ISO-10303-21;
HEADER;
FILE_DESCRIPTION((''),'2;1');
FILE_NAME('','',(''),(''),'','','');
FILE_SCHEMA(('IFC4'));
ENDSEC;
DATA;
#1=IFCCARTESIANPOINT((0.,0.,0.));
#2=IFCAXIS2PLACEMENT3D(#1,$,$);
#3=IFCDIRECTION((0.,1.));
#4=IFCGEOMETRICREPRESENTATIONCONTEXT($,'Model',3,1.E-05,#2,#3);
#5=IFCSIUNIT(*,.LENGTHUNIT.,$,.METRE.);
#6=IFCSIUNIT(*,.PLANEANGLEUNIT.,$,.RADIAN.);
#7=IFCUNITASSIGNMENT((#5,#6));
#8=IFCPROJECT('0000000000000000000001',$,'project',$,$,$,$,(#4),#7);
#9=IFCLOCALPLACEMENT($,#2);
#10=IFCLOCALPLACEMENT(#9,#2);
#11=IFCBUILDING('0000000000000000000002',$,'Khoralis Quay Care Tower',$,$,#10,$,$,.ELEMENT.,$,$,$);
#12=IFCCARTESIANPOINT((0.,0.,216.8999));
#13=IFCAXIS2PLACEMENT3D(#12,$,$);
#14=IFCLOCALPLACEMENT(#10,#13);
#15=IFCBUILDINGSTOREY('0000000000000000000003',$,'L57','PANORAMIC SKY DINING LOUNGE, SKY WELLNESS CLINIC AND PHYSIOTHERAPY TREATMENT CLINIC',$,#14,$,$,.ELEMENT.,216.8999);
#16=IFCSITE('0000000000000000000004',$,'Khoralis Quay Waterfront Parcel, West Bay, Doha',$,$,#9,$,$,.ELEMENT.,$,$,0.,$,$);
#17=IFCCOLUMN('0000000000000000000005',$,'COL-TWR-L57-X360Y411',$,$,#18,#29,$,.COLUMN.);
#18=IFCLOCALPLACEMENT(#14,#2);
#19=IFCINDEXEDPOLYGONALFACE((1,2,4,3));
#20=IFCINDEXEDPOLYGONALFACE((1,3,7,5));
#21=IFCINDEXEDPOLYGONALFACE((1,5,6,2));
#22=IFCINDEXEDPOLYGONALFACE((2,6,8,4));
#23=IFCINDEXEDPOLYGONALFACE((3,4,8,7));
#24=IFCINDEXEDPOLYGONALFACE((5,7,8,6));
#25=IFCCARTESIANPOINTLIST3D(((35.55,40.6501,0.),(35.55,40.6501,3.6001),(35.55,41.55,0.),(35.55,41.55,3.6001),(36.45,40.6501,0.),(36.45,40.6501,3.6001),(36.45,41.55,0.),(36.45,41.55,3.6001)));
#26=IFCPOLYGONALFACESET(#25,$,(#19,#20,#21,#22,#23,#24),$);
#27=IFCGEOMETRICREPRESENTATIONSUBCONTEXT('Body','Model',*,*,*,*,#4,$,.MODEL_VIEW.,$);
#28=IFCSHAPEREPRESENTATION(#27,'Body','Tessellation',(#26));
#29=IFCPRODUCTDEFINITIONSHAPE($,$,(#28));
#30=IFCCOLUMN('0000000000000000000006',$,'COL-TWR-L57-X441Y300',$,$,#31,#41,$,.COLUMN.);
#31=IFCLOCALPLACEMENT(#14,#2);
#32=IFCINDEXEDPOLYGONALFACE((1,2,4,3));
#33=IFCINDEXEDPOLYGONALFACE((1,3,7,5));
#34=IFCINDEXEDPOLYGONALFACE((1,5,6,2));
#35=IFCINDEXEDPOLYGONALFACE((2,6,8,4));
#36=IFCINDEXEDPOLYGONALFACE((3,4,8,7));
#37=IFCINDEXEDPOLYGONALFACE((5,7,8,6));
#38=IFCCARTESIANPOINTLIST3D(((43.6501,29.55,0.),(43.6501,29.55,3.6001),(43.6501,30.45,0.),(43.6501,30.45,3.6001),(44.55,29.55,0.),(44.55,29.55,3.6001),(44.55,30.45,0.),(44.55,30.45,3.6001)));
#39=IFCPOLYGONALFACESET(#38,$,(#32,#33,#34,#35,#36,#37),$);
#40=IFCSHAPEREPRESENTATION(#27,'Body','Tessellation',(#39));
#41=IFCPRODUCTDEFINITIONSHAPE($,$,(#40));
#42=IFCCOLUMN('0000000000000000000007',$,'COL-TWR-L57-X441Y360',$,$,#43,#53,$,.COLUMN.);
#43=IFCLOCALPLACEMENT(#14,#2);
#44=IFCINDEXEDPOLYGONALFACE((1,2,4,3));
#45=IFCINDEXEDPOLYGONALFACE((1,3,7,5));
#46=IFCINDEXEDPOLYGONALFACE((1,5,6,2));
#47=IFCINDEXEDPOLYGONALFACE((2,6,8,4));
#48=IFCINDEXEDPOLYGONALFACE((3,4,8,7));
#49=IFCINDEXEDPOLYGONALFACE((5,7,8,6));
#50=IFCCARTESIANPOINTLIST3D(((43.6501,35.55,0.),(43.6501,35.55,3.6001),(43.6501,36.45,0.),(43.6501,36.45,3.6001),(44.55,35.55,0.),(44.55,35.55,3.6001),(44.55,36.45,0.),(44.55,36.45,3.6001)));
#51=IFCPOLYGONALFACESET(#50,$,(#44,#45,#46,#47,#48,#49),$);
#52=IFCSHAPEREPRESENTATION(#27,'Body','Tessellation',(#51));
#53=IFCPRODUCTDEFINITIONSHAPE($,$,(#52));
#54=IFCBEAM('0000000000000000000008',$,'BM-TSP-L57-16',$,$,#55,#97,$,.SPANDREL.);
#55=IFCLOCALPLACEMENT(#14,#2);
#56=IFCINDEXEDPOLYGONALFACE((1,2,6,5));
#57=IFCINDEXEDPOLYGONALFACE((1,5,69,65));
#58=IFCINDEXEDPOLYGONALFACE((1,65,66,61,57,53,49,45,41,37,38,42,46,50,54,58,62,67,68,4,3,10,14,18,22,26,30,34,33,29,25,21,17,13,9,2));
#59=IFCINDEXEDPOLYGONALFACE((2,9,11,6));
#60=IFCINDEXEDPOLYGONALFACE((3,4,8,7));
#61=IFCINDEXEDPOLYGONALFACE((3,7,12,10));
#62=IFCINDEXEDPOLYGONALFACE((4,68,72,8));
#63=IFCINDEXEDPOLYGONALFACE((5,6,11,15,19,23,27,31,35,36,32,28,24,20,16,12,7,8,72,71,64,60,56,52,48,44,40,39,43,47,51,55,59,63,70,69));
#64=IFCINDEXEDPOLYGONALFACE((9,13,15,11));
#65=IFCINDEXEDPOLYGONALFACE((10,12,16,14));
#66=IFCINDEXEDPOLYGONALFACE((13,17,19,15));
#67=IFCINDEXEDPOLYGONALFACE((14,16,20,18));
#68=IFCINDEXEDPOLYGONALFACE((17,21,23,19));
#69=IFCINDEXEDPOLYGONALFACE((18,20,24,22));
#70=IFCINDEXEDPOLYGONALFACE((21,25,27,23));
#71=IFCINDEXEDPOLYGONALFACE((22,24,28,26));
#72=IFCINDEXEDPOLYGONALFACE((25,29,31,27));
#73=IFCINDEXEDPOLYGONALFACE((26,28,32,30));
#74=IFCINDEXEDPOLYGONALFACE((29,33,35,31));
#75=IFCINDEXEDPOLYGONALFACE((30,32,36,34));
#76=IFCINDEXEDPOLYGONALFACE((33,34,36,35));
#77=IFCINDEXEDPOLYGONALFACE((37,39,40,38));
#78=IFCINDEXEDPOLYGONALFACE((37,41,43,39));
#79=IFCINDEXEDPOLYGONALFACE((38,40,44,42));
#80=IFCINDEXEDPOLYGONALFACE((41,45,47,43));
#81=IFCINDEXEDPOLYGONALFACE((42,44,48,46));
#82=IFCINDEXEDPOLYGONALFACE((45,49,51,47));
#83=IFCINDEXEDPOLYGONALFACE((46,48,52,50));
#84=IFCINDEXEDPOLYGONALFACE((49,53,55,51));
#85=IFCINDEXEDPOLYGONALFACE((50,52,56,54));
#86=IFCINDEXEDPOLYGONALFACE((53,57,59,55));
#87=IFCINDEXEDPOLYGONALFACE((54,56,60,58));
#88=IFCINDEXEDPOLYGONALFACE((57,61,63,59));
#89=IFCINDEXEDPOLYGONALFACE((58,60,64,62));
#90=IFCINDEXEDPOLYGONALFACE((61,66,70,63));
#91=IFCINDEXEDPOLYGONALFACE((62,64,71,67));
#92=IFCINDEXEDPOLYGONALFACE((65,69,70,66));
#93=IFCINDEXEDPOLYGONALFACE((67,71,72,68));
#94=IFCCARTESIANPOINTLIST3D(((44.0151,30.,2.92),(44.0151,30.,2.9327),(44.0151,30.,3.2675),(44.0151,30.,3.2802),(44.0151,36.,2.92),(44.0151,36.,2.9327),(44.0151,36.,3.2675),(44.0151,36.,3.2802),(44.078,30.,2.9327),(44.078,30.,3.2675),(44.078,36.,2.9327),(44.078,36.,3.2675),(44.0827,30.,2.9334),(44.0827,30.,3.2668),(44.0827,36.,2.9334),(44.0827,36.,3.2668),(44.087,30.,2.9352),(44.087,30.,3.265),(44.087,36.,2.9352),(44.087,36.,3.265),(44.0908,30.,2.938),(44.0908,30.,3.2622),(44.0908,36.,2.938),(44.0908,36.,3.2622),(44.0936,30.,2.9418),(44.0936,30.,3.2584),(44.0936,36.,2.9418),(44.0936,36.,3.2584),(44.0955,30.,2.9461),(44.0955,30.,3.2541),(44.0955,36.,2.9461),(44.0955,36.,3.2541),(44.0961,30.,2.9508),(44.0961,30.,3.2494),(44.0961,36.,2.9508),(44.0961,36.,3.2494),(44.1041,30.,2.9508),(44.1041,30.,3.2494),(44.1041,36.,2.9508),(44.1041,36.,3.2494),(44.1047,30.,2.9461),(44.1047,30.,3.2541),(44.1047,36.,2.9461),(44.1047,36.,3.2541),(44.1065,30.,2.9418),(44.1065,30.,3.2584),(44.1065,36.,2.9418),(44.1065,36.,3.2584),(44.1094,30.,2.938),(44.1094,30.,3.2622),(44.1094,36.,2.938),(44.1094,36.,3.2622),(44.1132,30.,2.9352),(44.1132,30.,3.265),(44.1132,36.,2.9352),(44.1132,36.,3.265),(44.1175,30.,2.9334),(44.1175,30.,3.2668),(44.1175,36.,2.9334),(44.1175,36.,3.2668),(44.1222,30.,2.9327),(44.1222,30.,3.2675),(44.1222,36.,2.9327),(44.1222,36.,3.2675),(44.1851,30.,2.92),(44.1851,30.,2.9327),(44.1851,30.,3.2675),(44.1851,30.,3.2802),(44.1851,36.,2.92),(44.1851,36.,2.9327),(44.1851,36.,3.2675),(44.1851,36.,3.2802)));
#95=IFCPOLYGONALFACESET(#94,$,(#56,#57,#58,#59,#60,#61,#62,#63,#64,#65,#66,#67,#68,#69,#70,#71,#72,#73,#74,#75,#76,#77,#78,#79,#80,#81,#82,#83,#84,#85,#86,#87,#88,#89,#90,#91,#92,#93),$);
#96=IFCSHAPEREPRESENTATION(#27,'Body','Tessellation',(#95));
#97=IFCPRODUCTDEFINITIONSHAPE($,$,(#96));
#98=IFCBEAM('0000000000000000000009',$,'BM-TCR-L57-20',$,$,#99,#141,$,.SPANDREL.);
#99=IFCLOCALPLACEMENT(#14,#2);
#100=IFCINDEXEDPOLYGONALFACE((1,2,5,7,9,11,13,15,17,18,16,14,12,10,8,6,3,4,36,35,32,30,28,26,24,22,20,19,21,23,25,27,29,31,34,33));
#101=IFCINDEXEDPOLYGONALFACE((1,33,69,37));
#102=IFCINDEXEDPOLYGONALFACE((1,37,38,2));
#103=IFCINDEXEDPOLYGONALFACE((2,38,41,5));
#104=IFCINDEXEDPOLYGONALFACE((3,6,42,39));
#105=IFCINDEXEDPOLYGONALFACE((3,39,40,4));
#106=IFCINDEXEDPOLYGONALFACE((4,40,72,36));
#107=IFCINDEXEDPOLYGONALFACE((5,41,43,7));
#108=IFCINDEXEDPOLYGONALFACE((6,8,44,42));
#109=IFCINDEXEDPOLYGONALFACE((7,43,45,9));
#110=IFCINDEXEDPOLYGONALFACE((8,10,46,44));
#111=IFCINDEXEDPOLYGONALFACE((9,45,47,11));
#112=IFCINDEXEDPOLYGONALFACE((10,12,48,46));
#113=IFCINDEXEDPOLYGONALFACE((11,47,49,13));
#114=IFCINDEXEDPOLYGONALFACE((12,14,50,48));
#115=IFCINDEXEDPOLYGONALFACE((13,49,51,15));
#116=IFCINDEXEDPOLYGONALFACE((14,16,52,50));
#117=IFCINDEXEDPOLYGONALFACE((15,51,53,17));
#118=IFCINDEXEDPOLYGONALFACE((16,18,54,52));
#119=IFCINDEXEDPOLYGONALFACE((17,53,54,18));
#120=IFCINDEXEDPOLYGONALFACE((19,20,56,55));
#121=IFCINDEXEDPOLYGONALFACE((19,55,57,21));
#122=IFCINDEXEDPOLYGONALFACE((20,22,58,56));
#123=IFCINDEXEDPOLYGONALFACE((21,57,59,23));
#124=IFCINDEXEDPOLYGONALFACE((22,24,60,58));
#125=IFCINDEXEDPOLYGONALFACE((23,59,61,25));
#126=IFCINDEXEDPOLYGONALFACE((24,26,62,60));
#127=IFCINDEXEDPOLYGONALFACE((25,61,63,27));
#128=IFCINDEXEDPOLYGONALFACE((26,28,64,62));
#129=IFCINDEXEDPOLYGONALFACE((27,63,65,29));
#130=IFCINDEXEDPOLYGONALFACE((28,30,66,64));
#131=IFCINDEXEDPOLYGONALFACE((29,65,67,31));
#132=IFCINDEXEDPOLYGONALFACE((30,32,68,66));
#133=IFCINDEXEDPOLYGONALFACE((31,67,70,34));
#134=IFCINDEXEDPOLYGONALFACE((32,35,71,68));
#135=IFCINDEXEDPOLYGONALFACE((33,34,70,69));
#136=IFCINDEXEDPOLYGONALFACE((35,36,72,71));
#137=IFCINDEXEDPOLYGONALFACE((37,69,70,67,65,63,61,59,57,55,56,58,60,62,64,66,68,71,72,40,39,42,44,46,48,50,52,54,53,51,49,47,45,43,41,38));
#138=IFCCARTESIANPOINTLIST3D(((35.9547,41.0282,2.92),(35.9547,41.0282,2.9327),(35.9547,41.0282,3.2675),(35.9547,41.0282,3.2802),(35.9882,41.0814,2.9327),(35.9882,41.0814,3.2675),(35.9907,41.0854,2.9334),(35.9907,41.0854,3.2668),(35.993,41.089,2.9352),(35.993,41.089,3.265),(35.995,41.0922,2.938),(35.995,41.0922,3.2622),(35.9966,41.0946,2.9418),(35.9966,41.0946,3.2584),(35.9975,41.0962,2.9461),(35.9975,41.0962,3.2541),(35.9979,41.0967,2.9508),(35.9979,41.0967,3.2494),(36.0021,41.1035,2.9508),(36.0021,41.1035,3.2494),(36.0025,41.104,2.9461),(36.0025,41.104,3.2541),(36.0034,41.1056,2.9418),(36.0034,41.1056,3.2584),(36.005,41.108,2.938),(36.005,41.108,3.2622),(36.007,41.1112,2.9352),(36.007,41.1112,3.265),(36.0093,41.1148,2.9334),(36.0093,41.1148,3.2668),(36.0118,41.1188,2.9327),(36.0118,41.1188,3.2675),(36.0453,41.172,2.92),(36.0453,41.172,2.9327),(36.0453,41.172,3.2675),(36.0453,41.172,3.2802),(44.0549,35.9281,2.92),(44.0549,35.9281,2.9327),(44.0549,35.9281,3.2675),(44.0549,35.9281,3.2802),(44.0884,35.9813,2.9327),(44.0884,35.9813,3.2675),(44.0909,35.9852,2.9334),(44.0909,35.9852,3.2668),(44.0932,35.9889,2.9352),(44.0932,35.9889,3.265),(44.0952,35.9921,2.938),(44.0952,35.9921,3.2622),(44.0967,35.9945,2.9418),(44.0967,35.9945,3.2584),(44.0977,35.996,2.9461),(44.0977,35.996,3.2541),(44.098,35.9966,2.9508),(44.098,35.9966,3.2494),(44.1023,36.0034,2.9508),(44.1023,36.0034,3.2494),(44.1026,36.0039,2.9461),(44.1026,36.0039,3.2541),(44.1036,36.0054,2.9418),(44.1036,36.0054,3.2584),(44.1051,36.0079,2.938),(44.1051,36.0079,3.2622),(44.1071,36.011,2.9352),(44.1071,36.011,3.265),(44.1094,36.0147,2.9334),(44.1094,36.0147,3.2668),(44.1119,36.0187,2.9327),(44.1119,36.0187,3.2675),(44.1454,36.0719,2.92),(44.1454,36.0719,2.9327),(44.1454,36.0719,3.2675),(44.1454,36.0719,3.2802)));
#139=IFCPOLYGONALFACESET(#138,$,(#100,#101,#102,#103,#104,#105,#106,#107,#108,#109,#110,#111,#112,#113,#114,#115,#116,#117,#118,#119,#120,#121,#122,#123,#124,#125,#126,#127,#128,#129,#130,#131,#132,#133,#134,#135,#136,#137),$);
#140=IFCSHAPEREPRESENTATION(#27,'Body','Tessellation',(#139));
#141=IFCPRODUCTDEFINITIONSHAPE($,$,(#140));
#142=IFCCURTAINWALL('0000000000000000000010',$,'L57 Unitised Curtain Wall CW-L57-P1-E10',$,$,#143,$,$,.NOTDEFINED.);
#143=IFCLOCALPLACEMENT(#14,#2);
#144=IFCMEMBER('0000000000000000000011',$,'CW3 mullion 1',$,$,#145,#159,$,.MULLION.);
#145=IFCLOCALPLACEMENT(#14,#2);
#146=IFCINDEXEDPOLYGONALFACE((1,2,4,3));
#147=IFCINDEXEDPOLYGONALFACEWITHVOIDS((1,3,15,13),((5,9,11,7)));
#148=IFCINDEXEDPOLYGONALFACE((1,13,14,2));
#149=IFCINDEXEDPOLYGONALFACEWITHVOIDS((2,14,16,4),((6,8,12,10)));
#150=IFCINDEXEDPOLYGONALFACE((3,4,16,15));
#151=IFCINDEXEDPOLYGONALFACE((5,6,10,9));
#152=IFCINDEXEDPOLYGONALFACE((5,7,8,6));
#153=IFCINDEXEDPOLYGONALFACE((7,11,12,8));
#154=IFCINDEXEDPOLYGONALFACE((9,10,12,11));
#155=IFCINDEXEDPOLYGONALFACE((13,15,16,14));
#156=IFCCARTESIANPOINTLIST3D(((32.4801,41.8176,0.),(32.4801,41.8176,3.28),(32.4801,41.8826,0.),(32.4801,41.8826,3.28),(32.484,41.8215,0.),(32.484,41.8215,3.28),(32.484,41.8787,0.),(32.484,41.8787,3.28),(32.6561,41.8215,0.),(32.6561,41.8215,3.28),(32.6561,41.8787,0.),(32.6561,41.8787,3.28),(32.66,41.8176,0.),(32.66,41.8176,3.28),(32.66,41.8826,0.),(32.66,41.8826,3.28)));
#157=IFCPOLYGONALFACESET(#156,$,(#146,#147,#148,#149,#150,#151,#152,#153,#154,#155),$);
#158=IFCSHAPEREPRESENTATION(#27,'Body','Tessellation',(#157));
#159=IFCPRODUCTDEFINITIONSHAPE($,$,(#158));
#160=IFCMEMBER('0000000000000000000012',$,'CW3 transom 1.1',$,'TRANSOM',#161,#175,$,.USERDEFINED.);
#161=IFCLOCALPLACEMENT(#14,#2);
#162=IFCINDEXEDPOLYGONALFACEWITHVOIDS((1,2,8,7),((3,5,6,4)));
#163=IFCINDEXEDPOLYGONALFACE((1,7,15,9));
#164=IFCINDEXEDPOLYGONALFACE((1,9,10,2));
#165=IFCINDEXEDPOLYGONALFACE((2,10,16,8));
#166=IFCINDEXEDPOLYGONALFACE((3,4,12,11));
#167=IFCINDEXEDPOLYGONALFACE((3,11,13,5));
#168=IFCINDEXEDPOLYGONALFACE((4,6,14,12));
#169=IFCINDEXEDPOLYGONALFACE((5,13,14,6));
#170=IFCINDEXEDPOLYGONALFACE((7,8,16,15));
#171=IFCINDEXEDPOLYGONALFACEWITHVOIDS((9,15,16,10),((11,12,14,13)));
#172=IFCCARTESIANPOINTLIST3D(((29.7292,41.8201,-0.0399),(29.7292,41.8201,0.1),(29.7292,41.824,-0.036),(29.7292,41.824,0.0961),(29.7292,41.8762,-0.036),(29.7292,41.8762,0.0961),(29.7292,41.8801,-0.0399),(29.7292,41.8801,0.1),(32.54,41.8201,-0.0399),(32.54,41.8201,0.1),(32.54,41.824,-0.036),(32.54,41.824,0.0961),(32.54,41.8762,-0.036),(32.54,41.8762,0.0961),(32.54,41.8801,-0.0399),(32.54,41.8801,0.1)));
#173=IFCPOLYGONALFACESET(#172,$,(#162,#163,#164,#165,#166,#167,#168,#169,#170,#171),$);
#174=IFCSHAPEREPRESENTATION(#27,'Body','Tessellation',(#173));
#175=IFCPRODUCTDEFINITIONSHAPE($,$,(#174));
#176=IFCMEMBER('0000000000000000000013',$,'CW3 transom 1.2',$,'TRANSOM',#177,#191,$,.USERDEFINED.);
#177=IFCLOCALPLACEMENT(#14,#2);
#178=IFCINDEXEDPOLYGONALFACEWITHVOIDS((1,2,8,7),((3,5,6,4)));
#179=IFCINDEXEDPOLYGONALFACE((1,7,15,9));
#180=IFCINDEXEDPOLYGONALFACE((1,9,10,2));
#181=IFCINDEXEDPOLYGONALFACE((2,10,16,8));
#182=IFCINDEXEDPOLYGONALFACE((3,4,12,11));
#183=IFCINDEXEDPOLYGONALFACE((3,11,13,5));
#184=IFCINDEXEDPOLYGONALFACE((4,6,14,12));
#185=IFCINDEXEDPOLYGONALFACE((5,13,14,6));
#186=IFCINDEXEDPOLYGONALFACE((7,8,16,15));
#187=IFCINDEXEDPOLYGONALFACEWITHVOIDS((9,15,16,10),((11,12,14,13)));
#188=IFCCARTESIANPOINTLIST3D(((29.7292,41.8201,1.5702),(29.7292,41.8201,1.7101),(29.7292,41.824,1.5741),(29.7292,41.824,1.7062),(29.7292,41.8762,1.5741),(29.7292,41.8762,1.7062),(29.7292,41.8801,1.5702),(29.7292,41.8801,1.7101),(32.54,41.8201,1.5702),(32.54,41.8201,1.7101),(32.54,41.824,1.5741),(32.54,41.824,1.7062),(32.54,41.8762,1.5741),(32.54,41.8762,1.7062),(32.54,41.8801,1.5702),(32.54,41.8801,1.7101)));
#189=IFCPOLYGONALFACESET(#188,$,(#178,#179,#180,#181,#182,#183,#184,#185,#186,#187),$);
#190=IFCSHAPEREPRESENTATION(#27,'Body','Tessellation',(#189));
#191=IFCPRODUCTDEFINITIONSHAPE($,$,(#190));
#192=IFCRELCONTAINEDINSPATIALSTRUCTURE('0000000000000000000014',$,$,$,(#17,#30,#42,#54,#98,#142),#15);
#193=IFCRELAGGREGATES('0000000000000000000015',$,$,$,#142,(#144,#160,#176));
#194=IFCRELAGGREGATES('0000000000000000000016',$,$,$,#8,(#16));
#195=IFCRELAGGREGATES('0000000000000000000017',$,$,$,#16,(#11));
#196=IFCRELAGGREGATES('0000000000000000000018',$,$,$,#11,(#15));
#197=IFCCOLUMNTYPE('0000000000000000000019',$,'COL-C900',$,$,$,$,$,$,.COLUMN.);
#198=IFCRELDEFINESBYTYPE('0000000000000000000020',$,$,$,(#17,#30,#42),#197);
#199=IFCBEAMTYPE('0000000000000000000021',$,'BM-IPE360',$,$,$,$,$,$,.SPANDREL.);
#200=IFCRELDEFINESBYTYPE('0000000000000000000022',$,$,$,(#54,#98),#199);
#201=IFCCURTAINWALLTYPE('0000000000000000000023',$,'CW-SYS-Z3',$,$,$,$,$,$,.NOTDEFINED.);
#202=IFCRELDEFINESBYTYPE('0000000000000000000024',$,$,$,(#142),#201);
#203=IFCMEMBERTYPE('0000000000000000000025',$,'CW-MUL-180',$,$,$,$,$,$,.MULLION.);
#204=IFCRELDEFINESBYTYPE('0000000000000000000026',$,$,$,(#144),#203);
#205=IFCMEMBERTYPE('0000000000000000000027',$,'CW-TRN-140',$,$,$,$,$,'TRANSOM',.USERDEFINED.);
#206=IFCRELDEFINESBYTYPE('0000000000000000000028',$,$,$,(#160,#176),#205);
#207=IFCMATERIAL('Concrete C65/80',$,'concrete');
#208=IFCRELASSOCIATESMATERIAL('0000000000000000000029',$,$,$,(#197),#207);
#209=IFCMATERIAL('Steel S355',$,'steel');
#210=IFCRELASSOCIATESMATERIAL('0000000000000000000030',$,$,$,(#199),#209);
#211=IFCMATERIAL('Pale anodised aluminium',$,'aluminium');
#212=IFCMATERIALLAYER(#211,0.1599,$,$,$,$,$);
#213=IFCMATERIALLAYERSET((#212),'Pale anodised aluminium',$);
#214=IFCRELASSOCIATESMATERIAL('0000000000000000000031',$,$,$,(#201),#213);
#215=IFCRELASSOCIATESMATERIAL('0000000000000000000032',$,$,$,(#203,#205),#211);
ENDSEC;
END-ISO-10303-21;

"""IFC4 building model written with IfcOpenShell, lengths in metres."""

from ifc_helpers import new_model, si_unit, direction, frame, origin, origin_2d, place, context, subcontext, project, spatial, rectangle, hollow_rectangle, i_section, extrude, source, transform, mapped, material, layer, layer_set, material_profile, profile_set, type_object, element, aggregate, save


model = new_model("IFC4")

# Units and contexts
model_context = context("Model", 3, precision=1e-05, world=origin(), true_north=direction((0.0, 1.0)))
body_context = subcontext(model_context, "Body", "Model", "MODEL_VIEW")
ifc_project = project(units=[si_unit("LENGTHUNIT", "METRE"), si_unit("PLANEANGLEUNIT", "RADIAN")], contexts=[model_context])

# Site, building, storey
site_placement = place(None, origin())
site = spatial("IfcSite", under=ifc_project, at=site_placement, Name="Khoralis Quay Waterfront Parcel, West Bay, Doha", CompositionType="ELEMENT", RefElevation=0.0)
building_placement = place(site_placement, origin())
building = spatial("IfcBuilding", under=site, at=building_placement, Name="Khoralis Quay Care Tower", CompositionType="ELEMENT")
storey_placement = place(building_placement, frame((0.0, 0.0, 216.8999)))
storey = spatial("IfcBuildingStorey", under=building, at=storey_placement, Name="L57", Description="PANORAMIC SKY DINING LOUNGE, SKY WELLNESS CLINIC AND PHYSIOTHERAPY TREATMENT CLINIC", CompositionType="ELEMENT", Elevation=216.8999)

# Columns
ifc_material_1 = material(Name="Concrete C65/80", Category="concrete")
ifc_material_profile_1 = material_profile(ifc_material_1, rectangle(XDim=0.8999, YDim=0.8999, at=origin_2d()), Name="Concrete C65/80")
ifc_profile_set_1 = profile_set([ifc_material_profile_1], Name="Concrete C65/80")
column_type = type_object("IfcColumnType", Name="COL-C900", PredefinedType="COLUMN", material=ifc_profile_set_1)
shared_shape_1 = source(origin(), body_context, "Body", "SweptSolid", [
    extrude(rectangle(XDim=0.8999, YDim=0.8999, at=origin_2d()), origin(), (0.0, 0.0, 1.0), 3.6001),
])
for number, where, z_axis, x_axis, name in (
    (1, (36.0, 41.1001, 0.0), (0.0, 0.0, 1.0), (1.0, 0.0, 0.0), "COL-TWR-L57-X360Y411"),
    (2, (44.1001, 30.0, 0.0), (0.0, 0.0, 1.0), (1.0, 0.0, 0.0), "COL-TWR-L57-X441Y300"),
    (3, (44.1001, 36.0, 0.0), (0.0, 0.0, 1.0), (1.0, 0.0, 0.0), "COL-TWR-L57-X441Y360"),
):
    element("IfcColumn", number, at=place(storey_placement, frame(where, z_axis=z_axis, x_axis=x_axis)), inside=storey, type_object=column_type, Name=name, PredefinedType="COLUMN", context=body_context, shape_type="MappedRepresentation", body=[
        mapped(shared_shape_1, transform((0.0, 0.0, 0.0), scale=1.0)),
    ])

# Beams
ifc_material_2 = material(Name="Steel S355", Category="steel")
ifc_material_profile_2 = material_profile(ifc_material_2, i_section(OverallWidth=0.1699, OverallDepth=0.3601, WebThickness=0.0081, FlangeThickness=0.0127, FilletRadius=0.0181, at=origin_2d()), Name="Steel S355")
ifc_profile_set_2 = profile_set([ifc_material_profile_2], Name="Steel S355")
beam_type = type_object("IfcBeamType", Name="BM-IPE360", PredefinedType="SPANDREL", material=ifc_profile_set_2)
shared_shape_2 = source(origin(), body_context, "Body", "SweptSolid", [
    extrude(i_section(OverallWidth=0.1699, OverallDepth=0.3601, WebThickness=0.0081, FlangeThickness=0.0127, FilletRadius=0.0181, at=origin_2d()), origin(), (0.0, 0.0, 1.0), 6.0),
])
beam_1_placement = place(storey_placement, frame((44.1001, 30.0, 3.1001), z_axis=(0.0, 1.0, 0.0), x_axis=(-1.0, 0.0, 0.0)))
element("IfcBeam", 4, at=beam_1_placement, inside=storey, type_object=beam_type, Name="BM-TSP-L57-16", PredefinedType="SPANDREL", context=body_context, shape_type="MappedRepresentation", body=[
    mapped(shared_shape_2, transform((0.0, 0.0, 0.0), scale=1.0)),
])
shared_shape_3 = source(origin(), body_context, "Body", "SweptSolid", [
    extrude(i_section(OverallWidth=0.1699, OverallDepth=0.3601, WebThickness=0.0081, FlangeThickness=0.0127, FilletRadius=0.0181, at=origin_2d()), origin(), (0.0, 0.0, 1.0), 9.572),
])
beam_2_placement = place(storey_placement, frame((36.0, 41.1001, 3.1001), z_axis=(0.846231, -0.532816, 0.0), x_axis=(0.532816, 0.846231, 0.0)))
element("IfcBeam", 5, at=beam_2_placement, inside=storey, type_object=beam_type, Name="BM-TCR-L57-20", PredefinedType="SPANDREL", context=body_context, shape_type="MappedRepresentation", body=[
    mapped(shared_shape_3, transform((0.0, 0.0, 0.0), scale=1.0)),
])

# Curtain wall, members
ifc_material_3 = material(Name="Pale anodised aluminium", Category="aluminium")
ifc_layer_1 = layer(ifc_material_3, 0.1599)
ifc_layer_set_1 = layer_set([ifc_layer_1], Name="Pale anodised aluminium")
curtain_wall_type = type_object("IfcCurtainWallType", Name="CW-SYS-Z3", PredefinedType="NOTDEFINED", material=ifc_layer_set_1)
curtain_wall_placement = place(storey_placement, origin())
curtain_wall = element("IfcCurtainWall", 6, at=curtain_wall_placement, inside=storey, type_object=curtain_wall_type, Name="L57 Unitised Curtain Wall CW-L57-P1-E10", PredefinedType="NOTDEFINED")
ifc_material_profile_3 = material_profile(ifc_material_3, hollow_rectangle(XDim=0.0649, YDim=0.1799, WallThickness=0.0039, at=origin_2d()), Name="Pale anodised aluminium")
ifc_profile_set_3 = profile_set([ifc_material_profile_3], Name="Pale anodised aluminium")
member_type_1 = type_object("IfcMemberType", Name="CW-MUL-180", PredefinedType="MULLION", material=ifc_profile_set_3)
shared_shape_4 = source(origin(), body_context, "Body", "SweptSolid", [
    extrude(hollow_rectangle(XDim=0.0649, YDim=0.1799, WallThickness=0.0039, at=origin_2d()), origin(), (0.0, 0.0, 1.0), 3.28),
])
member_1_placement = place(storey_placement, frame((32.5701, 41.8501, 0.0), z_axis=(0.0, 0.0, 1.0), x_axis=(0.0, -1.0, 0.0)))
member_1 = element("IfcMember", 7, at=member_1_placement, type_object=member_type_1, Name="CW3 mullion 1", PredefinedType="MULLION", context=body_context, shape_type="MappedRepresentation", body=[
    mapped(shared_shape_4, transform((0.0, 0.0, 0.0), scale=1.0)),
])
ifc_material_profile_4 = material_profile(ifc_material_3, hollow_rectangle(XDim=0.0601, YDim=0.1399, WallThickness=0.0039, at=origin_2d()), Name="Pale anodised aluminium")
ifc_profile_set_4 = profile_set([ifc_material_profile_4], Name="Pale anodised aluminium")
member_type_2 = type_object("IfcMemberType", Name="CW-TRN-140", ElementType="TRANSOM", PredefinedType="USERDEFINED", material=ifc_profile_set_4)
shared_shape_5 = source(origin(), body_context, "Body", "SweptSolid", [
    extrude(hollow_rectangle(XDim=0.0601, YDim=0.1399, WallThickness=0.0039, at=origin_2d()), origin(), (0.0, 0.0, 1.0), 2.8108),
])
member_2_placement = place(storey_placement, frame((32.54, 41.8501, 0.03), z_axis=(-1.0, 0.0, 0.0), x_axis=(0.0, -1.0, 0.0)))
member_2 = element("IfcMember", 8, at=member_2_placement, type_object=member_type_2, Name="CW3 transom 1.1", ObjectType="TRANSOM", PredefinedType="USERDEFINED", context=body_context, shape_type="MappedRepresentation", body=[
    mapped(shared_shape_5, transform((0.0, 0.0, 0.0), scale=1.0)),
])
member_3_placement = place(storey_placement, frame((32.54, 41.8501, 1.6401), z_axis=(-1.0, 0.0, 0.0), x_axis=(0.0, -1.0, 0.0)))
member_3 = element("IfcMember", 9, at=member_3_placement, type_object=member_type_2, Name="CW3 transom 1.2", ObjectType="TRANSOM", PredefinedType="USERDEFINED", context=body_context, shape_type="MappedRepresentation", body=[
    mapped(shared_shape_5, transform((0.0, 0.0, 0.0), scale=1.0)),
])
aggregate(curtain_wall, [member_1, member_2, member_3])

save(model, "model.ifc")
